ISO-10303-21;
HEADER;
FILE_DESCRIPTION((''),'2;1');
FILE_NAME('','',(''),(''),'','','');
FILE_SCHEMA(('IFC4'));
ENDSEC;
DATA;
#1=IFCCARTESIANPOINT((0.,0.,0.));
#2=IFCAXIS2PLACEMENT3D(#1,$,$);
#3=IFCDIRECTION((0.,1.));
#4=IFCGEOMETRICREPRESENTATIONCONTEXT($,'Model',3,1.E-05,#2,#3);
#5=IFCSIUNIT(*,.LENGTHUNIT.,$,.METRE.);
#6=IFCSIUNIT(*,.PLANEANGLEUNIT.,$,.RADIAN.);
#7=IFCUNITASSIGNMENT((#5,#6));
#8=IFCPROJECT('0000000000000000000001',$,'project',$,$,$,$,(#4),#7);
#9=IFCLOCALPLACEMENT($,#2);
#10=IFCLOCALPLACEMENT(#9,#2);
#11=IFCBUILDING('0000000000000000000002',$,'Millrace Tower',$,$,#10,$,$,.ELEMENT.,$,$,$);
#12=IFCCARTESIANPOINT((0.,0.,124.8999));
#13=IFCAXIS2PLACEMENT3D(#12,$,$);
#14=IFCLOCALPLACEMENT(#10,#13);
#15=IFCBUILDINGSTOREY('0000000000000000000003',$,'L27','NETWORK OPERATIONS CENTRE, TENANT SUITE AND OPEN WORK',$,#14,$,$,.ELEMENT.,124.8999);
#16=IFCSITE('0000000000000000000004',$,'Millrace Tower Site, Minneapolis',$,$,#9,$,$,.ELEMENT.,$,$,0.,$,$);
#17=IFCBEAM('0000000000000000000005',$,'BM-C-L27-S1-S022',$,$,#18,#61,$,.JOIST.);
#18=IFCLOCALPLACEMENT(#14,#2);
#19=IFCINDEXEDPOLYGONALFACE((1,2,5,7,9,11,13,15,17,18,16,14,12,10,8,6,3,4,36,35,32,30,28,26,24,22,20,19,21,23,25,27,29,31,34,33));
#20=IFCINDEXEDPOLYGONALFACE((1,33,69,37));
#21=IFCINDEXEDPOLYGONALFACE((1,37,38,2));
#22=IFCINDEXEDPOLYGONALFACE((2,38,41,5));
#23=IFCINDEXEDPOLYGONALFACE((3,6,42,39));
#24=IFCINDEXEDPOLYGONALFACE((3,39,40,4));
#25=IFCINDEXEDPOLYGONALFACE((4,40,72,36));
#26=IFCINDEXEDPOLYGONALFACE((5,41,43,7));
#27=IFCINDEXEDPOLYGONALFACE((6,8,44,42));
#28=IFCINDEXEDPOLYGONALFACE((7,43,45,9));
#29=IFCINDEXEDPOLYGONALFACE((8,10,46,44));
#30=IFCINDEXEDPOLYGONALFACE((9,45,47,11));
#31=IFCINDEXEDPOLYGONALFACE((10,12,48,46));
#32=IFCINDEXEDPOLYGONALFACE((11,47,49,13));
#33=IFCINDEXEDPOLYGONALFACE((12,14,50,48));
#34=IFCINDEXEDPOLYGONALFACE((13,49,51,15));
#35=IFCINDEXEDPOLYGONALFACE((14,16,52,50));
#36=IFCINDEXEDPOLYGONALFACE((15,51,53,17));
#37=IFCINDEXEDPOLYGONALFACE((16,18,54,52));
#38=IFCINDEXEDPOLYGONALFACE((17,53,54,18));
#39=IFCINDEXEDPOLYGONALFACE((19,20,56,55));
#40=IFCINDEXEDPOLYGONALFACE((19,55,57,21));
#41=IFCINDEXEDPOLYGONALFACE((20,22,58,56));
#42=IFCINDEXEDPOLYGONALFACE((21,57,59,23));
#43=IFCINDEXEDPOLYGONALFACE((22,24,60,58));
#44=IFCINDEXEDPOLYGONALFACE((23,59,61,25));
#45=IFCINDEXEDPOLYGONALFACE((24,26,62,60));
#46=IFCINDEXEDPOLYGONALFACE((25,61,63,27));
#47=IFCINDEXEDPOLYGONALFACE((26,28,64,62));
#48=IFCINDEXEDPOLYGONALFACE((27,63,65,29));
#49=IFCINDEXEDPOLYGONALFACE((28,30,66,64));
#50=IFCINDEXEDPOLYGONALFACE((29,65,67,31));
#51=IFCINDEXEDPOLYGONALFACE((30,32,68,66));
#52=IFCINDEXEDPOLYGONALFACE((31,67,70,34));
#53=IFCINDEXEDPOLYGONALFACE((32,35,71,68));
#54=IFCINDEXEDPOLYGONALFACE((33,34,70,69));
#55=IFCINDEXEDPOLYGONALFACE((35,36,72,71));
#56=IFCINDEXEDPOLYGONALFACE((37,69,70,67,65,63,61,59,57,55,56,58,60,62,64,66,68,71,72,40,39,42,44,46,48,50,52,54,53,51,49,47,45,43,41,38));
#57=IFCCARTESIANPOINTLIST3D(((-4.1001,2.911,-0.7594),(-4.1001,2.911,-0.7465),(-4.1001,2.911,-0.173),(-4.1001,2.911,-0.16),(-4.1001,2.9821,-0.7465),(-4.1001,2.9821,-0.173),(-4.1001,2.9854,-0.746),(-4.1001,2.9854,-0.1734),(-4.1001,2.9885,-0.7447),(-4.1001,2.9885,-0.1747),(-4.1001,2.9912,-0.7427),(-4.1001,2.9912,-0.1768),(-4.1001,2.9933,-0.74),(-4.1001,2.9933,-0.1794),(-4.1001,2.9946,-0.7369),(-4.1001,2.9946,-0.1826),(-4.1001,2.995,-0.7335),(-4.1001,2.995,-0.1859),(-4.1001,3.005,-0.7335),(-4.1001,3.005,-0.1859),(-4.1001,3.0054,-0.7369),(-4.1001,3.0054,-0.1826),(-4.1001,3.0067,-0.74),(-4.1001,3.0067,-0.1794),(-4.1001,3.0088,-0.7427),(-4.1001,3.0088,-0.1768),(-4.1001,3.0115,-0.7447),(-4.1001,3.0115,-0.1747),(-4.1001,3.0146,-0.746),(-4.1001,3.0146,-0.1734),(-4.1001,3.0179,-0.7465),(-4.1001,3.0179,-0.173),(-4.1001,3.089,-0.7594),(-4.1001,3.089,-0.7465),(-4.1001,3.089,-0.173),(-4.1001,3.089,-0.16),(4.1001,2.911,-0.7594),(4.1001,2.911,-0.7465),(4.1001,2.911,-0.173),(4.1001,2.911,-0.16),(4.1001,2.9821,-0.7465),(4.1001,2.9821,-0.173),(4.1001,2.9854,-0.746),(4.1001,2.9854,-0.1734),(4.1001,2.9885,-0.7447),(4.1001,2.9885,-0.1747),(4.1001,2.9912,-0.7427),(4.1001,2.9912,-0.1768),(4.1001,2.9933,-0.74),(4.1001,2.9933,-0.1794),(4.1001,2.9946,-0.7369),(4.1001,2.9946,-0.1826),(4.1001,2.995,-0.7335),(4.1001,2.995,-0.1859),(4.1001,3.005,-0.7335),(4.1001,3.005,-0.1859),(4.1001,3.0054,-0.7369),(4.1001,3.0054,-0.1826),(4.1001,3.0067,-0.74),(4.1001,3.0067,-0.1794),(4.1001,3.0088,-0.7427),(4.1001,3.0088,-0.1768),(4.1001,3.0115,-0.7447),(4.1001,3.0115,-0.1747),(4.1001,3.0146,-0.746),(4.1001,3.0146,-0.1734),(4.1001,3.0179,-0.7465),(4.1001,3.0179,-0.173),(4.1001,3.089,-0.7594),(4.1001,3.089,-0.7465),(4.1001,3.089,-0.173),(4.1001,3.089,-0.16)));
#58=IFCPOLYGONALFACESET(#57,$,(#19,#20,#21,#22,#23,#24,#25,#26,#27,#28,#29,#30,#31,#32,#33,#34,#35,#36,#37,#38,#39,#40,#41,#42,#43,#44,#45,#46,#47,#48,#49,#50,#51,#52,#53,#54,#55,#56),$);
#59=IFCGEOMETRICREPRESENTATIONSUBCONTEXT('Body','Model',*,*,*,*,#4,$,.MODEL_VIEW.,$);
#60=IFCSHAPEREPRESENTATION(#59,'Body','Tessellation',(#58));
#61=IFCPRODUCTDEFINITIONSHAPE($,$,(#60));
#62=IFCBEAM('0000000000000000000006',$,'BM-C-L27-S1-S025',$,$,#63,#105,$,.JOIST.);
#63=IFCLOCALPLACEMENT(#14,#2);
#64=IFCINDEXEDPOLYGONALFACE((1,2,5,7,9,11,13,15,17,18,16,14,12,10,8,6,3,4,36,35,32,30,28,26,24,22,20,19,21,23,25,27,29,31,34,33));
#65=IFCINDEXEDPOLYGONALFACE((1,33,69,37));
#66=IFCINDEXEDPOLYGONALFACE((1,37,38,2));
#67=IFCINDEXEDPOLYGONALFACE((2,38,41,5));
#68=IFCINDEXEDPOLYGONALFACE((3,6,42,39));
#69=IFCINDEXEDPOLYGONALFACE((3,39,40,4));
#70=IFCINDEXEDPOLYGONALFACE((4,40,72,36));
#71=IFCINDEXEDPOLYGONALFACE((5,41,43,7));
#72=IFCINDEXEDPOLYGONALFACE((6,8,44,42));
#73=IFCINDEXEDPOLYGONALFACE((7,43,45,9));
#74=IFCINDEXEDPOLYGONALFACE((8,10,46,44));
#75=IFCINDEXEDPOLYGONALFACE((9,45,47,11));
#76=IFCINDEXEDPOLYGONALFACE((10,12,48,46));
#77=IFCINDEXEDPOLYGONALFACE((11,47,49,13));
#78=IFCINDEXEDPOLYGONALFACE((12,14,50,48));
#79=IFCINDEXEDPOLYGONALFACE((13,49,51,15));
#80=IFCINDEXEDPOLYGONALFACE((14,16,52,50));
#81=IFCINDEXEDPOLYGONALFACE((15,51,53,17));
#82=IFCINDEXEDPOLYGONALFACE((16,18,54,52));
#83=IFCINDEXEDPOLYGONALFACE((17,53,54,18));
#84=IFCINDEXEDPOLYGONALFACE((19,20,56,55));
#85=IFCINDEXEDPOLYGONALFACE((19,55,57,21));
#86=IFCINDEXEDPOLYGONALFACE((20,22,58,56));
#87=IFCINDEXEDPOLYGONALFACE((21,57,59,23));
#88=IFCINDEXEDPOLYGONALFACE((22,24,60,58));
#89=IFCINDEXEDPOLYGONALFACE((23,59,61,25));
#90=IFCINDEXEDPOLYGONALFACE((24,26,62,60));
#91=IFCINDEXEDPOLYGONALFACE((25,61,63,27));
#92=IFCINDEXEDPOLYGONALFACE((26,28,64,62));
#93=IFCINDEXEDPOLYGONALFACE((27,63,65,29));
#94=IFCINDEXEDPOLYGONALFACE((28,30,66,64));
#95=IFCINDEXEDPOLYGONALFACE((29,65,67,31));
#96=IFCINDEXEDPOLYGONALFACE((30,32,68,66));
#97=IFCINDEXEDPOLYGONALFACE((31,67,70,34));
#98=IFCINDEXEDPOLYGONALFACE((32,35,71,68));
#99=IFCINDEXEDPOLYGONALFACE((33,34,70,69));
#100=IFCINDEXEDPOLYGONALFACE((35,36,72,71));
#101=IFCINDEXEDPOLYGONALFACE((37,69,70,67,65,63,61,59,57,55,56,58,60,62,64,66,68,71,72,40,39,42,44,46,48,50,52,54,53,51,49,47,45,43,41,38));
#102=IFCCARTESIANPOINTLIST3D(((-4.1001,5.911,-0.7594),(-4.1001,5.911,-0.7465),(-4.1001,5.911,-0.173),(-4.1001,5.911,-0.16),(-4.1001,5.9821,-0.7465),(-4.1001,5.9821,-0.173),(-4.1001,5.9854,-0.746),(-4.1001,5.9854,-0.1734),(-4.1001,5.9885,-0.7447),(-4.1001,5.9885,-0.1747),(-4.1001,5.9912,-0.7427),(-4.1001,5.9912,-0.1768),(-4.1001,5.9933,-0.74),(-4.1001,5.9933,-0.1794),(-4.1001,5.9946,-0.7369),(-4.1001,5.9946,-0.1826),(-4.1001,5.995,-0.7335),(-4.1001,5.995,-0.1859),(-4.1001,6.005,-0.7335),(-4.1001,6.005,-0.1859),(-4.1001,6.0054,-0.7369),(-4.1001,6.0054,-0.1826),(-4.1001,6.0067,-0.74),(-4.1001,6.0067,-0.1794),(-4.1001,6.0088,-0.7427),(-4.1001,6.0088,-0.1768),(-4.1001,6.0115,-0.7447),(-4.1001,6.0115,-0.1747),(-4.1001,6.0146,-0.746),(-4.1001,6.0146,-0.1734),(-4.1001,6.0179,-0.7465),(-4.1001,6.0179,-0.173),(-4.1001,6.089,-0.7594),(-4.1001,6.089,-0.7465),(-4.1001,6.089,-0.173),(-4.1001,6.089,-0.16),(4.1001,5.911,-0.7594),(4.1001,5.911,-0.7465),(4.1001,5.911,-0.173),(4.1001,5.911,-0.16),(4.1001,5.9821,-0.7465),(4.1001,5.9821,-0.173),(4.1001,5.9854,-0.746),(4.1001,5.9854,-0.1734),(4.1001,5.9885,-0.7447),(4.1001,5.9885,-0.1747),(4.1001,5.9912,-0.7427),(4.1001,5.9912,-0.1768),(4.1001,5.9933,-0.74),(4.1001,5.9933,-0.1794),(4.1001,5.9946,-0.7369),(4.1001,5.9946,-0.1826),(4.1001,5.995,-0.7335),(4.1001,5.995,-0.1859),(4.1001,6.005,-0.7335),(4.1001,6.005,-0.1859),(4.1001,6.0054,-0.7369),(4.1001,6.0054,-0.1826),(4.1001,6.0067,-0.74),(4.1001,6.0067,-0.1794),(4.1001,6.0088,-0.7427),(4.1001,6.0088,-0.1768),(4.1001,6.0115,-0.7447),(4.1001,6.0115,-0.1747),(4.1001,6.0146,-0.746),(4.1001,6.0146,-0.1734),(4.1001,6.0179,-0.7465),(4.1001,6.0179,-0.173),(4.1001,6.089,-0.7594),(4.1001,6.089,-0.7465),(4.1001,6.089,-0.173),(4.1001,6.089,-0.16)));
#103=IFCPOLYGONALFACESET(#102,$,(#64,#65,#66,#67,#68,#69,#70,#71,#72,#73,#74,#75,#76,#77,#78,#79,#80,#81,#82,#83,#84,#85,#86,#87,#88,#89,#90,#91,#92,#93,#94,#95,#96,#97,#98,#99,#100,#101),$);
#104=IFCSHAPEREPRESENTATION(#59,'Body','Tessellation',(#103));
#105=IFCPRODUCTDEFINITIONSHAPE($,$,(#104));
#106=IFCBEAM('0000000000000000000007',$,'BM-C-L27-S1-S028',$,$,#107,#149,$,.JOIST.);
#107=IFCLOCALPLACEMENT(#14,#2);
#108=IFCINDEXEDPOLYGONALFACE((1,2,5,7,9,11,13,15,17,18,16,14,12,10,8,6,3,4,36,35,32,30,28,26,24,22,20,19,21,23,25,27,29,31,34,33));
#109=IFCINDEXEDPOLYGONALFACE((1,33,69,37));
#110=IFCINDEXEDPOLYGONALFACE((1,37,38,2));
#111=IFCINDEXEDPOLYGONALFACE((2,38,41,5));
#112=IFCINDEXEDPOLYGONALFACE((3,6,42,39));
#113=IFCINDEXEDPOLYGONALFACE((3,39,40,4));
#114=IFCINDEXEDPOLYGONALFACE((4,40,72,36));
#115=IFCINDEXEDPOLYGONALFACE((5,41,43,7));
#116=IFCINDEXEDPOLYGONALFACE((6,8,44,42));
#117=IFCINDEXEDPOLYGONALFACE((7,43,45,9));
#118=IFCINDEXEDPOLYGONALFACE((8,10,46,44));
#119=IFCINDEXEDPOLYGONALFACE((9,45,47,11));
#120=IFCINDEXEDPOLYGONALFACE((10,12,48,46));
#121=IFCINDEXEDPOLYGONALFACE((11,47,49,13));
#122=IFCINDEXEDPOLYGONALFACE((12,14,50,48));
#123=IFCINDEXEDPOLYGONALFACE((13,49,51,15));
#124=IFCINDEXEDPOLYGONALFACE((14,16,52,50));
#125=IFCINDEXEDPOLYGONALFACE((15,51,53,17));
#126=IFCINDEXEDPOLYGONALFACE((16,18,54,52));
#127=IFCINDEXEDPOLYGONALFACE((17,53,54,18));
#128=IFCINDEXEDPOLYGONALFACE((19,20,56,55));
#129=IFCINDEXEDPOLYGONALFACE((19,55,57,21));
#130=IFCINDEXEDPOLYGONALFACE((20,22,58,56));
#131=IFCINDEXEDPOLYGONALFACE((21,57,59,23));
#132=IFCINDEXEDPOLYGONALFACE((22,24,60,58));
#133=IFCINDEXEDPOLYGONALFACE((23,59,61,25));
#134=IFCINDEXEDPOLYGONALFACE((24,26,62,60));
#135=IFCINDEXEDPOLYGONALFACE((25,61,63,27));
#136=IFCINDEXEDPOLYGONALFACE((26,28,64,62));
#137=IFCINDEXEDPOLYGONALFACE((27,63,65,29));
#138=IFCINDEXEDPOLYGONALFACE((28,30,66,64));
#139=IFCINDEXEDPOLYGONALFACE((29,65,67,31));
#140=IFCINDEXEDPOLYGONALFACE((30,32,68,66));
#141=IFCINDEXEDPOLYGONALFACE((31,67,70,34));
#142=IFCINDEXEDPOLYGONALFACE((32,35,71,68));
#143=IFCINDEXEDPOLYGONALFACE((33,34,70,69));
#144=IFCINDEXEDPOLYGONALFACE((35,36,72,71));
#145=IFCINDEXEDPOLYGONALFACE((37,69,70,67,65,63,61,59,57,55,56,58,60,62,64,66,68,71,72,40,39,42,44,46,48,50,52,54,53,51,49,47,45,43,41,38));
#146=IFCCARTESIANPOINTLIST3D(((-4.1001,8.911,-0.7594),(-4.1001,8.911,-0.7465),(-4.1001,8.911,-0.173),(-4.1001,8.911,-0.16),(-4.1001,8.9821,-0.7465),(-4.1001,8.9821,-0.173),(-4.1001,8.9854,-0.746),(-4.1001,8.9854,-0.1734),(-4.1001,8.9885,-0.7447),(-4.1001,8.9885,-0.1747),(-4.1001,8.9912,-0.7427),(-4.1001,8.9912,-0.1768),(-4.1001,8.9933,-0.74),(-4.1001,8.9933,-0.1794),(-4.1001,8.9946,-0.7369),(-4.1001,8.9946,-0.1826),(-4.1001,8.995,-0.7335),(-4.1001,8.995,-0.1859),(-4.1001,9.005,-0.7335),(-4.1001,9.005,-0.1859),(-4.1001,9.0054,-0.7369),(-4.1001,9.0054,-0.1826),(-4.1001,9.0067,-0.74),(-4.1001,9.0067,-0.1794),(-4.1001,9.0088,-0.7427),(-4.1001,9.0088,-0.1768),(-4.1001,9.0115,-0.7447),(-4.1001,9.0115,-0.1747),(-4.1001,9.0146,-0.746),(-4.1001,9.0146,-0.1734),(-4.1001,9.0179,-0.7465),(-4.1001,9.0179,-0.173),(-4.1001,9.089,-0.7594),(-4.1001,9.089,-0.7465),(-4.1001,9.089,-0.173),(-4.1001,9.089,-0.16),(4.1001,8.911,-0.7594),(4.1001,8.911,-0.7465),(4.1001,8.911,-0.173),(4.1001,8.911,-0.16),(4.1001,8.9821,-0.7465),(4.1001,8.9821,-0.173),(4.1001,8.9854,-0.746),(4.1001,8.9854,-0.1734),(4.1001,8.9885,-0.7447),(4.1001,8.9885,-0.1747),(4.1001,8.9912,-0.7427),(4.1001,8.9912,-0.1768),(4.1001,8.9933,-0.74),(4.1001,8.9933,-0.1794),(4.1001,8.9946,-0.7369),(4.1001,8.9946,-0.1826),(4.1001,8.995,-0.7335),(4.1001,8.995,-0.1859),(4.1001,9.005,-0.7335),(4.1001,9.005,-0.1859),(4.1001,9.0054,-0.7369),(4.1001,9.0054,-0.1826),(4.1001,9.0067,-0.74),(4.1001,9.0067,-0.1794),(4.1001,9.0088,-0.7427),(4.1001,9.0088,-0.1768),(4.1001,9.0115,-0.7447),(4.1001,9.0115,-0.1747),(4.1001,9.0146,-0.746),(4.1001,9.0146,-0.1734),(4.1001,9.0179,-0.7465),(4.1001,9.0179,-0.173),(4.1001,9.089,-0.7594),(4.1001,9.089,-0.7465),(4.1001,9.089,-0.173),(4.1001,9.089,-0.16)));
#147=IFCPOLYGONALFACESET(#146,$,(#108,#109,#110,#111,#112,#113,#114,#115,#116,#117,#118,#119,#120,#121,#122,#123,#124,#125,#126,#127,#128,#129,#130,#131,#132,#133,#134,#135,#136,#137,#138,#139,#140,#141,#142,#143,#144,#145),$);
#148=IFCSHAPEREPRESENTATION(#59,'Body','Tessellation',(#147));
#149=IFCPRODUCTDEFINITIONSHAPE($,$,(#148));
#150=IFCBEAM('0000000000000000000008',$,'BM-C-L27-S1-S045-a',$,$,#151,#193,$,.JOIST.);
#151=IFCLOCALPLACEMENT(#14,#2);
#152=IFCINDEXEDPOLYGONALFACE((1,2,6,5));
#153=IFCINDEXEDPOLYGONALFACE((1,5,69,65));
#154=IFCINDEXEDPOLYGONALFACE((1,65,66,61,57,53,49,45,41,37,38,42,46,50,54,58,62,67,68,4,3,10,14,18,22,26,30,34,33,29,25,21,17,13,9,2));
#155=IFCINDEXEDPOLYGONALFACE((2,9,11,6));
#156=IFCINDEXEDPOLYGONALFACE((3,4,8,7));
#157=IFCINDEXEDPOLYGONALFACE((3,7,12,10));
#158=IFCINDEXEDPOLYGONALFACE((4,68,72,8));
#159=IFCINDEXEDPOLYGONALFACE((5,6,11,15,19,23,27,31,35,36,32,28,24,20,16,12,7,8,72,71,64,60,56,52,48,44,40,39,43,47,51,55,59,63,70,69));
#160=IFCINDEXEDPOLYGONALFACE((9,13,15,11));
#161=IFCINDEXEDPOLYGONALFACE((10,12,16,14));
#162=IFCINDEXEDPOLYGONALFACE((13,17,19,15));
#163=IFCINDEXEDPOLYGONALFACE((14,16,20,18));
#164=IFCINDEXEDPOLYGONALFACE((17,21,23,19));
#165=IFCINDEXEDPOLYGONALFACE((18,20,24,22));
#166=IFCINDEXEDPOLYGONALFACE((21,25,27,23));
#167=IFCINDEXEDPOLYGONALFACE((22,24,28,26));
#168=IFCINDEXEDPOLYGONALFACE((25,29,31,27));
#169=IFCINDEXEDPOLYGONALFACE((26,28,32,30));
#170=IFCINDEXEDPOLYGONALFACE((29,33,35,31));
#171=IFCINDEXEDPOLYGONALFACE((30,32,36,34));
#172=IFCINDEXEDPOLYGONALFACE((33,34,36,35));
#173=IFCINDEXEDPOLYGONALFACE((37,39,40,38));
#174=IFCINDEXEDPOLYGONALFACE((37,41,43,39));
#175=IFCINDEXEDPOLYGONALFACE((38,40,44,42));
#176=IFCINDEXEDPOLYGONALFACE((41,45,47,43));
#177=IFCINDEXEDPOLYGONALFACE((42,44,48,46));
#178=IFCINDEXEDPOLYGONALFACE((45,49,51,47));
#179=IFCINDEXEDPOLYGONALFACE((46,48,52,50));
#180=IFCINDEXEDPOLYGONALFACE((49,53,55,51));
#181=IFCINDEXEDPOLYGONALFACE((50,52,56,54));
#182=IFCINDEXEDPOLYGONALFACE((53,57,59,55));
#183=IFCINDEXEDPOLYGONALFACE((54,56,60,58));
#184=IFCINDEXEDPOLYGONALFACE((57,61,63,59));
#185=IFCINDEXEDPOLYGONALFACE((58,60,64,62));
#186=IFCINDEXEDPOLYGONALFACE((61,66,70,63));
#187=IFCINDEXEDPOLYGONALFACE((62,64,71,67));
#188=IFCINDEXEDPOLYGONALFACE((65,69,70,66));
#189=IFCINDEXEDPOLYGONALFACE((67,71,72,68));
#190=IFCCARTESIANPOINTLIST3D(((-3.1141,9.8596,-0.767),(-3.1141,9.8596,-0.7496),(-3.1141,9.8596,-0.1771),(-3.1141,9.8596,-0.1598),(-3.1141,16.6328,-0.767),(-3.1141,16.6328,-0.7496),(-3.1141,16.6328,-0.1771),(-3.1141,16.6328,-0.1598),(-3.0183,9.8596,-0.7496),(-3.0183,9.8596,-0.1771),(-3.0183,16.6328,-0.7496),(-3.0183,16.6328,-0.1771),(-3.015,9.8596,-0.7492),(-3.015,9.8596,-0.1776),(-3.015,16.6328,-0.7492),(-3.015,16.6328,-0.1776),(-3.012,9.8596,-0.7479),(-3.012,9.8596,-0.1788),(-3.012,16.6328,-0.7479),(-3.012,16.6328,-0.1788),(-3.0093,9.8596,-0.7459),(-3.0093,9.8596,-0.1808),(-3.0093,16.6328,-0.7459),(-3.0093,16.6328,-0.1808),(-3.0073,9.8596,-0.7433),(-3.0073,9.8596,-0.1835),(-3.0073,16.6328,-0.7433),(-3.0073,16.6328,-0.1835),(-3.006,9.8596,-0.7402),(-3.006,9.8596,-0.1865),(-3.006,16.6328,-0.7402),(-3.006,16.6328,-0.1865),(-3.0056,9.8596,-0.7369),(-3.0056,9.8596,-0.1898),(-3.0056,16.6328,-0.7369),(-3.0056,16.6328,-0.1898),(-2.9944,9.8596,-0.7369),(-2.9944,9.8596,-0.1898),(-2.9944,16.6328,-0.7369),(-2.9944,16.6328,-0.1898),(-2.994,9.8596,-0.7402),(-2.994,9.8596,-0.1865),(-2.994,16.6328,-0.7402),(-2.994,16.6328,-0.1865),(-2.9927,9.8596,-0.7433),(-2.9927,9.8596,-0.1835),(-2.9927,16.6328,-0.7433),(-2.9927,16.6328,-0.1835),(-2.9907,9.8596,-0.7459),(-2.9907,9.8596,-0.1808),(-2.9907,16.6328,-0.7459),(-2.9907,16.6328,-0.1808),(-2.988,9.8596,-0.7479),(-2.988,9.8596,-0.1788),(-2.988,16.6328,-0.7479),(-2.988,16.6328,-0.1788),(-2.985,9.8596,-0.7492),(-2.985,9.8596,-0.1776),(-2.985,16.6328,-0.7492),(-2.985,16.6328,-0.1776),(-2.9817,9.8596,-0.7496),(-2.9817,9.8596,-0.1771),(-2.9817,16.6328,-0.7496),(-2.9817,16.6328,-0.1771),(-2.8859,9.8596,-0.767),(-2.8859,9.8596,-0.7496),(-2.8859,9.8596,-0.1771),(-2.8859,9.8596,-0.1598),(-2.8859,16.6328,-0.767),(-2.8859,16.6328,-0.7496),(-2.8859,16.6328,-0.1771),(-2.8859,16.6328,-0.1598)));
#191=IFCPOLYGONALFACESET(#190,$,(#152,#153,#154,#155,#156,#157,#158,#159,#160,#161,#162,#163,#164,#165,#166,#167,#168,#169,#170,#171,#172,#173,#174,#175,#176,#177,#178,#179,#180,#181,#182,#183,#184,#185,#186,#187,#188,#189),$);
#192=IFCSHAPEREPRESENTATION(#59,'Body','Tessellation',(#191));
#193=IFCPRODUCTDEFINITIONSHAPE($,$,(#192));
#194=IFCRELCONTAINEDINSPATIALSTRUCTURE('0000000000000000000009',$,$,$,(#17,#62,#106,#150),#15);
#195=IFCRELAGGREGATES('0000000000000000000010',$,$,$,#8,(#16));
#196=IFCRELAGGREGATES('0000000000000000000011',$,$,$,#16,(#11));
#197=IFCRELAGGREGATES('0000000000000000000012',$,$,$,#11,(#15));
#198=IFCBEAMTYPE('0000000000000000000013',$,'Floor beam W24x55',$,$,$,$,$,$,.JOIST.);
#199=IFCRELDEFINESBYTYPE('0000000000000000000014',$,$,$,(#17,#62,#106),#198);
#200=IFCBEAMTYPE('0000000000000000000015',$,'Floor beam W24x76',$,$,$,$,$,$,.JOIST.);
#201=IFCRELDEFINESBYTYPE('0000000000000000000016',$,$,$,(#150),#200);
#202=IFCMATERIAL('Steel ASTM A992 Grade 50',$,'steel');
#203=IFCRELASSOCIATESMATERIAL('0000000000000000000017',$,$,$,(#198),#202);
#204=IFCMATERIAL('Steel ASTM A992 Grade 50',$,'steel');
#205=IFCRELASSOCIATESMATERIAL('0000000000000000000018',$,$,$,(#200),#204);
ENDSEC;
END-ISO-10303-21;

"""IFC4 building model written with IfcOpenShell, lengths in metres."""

from ifc_helpers import new_model, si_unit, direction, frame, origin, origin_2d, place, context, subcontext, project, spatial, i_section, extrude, material, material_profile, profile_set, type_object, element, save


model = new_model("IFC4")

# Units and contexts
model_context = context("Model", 3, precision=1e-05, world=origin(), true_north=direction((0.0, 1.0)))
body_context = subcontext(model_context, "Body", "Model", "MODEL_VIEW")
ifc_project = project(units=[si_unit("LENGTHUNIT", "METRE"), si_unit("PLANEANGLEUNIT", "RADIAN")], contexts=[model_context])

# Site, building, storey
site_placement = place(None, origin())
site = spatial("IfcSite", under=ifc_project, at=site_placement, Name="Millrace Tower Site, Minneapolis", CompositionType="ELEMENT", RefElevation=0.0)
building_placement = place(site_placement, origin())
building = spatial("IfcBuilding", under=site, at=building_placement, Name="Millrace Tower", CompositionType="ELEMENT")
storey_placement = place(building_placement, frame((0.0, 0.0, 124.8999)))
storey = spatial("IfcBuildingStorey", under=building, at=storey_placement, Name="L27", Description="NETWORK OPERATIONS CENTRE, TENANT SUITE AND OPEN WORK", CompositionType="ELEMENT", Elevation=124.8999)

# Beams
ifc_material_1 = material(Name="Steel ASTM A992 Grade 50", Category="steel")
ifc_material_profile_1 = material_profile(ifc_material_1, i_section(OverallWidth=0.178, OverallDepth=0.5994, WebThickness=0.01, FlangeThickness=0.0129, FilletRadius=0.0129, at=origin_2d()))
ifc_profile_set_1 = profile_set([ifc_material_profile_1], Name="Steel ASTM A992 Grade 50")
beam_type_1 = type_object("IfcBeamType", Name="Floor beam W24x55", PredefinedType="JOIST", material=ifc_profile_set_1)
for number, where, z_axis, x_axis, name in (
    (1, (-4.1001, 3.0, -0.4597), (1.0, 0.0, 0.0), (0.0, 1.0, 0.0), "BM-C-L27-S1-S022"),
    (2, (-4.1001, 6.0, -0.4597), (1.0, 0.0, 0.0), (0.0, 1.0, 0.0), "BM-C-L27-S1-S025"),
    (3, (-4.1001, 9.0, -0.4597), (1.0, 0.0, 0.0), (0.0, 1.0, 0.0), "BM-C-L27-S1-S028"),
):
    element("IfcBeam", number, at=place(storey_placement, frame(where, z_axis=z_axis, x_axis=x_axis)), inside=storey, type_object=beam_type_1, Name=name, PredefinedType="JOIST", context=body_context, shape_type="SweptSolid", body=[
        extrude(i_section(OverallWidth=0.178, OverallDepth=0.5994, WebThickness=0.01, FlangeThickness=0.0129, FilletRadius=0.0129, at=origin_2d()), origin(), (0.0, 0.0, 1.0), 8.2002),
    ])
ifc_material_2 = material(Name="Steel ASTM A992 Grade 50", Category="steel")
ifc_material_profile_2 = material_profile(ifc_material_2, i_section(OverallWidth=0.2283, OverallDepth=0.6072, WebThickness=0.0112, FlangeThickness=0.0173, FilletRadius=0.0127, at=origin_2d()))
ifc_profile_set_2 = profile_set([ifc_material_profile_2], Name="Steel ASTM A992 Grade 50")
beam_type_2 = type_object("IfcBeamType", Name="Floor beam W24x76", PredefinedType="JOIST", material=ifc_profile_set_2)
beam_1_placement = place(storey_placement, frame((-3.0, 9.8596, -0.4634), z_axis=(0.0, 1.0, 0.0), x_axis=(-1.0, 0.0, 0.0)))
element("IfcBeam", 4, at=beam_1_placement, inside=storey, type_object=beam_type_2, Name="BM-C-L27-S1-S045-a", PredefinedType="JOIST", context=body_context, shape_type="SweptSolid", body=[
    extrude(i_section(OverallWidth=0.2283, OverallDepth=0.6072, WebThickness=0.0112, FlangeThickness=0.0173, FilletRadius=0.0127, at=origin_2d()), origin(), (0.0, 0.0, 1.0), 6.7732),
])

save(model, "model.ifc")
